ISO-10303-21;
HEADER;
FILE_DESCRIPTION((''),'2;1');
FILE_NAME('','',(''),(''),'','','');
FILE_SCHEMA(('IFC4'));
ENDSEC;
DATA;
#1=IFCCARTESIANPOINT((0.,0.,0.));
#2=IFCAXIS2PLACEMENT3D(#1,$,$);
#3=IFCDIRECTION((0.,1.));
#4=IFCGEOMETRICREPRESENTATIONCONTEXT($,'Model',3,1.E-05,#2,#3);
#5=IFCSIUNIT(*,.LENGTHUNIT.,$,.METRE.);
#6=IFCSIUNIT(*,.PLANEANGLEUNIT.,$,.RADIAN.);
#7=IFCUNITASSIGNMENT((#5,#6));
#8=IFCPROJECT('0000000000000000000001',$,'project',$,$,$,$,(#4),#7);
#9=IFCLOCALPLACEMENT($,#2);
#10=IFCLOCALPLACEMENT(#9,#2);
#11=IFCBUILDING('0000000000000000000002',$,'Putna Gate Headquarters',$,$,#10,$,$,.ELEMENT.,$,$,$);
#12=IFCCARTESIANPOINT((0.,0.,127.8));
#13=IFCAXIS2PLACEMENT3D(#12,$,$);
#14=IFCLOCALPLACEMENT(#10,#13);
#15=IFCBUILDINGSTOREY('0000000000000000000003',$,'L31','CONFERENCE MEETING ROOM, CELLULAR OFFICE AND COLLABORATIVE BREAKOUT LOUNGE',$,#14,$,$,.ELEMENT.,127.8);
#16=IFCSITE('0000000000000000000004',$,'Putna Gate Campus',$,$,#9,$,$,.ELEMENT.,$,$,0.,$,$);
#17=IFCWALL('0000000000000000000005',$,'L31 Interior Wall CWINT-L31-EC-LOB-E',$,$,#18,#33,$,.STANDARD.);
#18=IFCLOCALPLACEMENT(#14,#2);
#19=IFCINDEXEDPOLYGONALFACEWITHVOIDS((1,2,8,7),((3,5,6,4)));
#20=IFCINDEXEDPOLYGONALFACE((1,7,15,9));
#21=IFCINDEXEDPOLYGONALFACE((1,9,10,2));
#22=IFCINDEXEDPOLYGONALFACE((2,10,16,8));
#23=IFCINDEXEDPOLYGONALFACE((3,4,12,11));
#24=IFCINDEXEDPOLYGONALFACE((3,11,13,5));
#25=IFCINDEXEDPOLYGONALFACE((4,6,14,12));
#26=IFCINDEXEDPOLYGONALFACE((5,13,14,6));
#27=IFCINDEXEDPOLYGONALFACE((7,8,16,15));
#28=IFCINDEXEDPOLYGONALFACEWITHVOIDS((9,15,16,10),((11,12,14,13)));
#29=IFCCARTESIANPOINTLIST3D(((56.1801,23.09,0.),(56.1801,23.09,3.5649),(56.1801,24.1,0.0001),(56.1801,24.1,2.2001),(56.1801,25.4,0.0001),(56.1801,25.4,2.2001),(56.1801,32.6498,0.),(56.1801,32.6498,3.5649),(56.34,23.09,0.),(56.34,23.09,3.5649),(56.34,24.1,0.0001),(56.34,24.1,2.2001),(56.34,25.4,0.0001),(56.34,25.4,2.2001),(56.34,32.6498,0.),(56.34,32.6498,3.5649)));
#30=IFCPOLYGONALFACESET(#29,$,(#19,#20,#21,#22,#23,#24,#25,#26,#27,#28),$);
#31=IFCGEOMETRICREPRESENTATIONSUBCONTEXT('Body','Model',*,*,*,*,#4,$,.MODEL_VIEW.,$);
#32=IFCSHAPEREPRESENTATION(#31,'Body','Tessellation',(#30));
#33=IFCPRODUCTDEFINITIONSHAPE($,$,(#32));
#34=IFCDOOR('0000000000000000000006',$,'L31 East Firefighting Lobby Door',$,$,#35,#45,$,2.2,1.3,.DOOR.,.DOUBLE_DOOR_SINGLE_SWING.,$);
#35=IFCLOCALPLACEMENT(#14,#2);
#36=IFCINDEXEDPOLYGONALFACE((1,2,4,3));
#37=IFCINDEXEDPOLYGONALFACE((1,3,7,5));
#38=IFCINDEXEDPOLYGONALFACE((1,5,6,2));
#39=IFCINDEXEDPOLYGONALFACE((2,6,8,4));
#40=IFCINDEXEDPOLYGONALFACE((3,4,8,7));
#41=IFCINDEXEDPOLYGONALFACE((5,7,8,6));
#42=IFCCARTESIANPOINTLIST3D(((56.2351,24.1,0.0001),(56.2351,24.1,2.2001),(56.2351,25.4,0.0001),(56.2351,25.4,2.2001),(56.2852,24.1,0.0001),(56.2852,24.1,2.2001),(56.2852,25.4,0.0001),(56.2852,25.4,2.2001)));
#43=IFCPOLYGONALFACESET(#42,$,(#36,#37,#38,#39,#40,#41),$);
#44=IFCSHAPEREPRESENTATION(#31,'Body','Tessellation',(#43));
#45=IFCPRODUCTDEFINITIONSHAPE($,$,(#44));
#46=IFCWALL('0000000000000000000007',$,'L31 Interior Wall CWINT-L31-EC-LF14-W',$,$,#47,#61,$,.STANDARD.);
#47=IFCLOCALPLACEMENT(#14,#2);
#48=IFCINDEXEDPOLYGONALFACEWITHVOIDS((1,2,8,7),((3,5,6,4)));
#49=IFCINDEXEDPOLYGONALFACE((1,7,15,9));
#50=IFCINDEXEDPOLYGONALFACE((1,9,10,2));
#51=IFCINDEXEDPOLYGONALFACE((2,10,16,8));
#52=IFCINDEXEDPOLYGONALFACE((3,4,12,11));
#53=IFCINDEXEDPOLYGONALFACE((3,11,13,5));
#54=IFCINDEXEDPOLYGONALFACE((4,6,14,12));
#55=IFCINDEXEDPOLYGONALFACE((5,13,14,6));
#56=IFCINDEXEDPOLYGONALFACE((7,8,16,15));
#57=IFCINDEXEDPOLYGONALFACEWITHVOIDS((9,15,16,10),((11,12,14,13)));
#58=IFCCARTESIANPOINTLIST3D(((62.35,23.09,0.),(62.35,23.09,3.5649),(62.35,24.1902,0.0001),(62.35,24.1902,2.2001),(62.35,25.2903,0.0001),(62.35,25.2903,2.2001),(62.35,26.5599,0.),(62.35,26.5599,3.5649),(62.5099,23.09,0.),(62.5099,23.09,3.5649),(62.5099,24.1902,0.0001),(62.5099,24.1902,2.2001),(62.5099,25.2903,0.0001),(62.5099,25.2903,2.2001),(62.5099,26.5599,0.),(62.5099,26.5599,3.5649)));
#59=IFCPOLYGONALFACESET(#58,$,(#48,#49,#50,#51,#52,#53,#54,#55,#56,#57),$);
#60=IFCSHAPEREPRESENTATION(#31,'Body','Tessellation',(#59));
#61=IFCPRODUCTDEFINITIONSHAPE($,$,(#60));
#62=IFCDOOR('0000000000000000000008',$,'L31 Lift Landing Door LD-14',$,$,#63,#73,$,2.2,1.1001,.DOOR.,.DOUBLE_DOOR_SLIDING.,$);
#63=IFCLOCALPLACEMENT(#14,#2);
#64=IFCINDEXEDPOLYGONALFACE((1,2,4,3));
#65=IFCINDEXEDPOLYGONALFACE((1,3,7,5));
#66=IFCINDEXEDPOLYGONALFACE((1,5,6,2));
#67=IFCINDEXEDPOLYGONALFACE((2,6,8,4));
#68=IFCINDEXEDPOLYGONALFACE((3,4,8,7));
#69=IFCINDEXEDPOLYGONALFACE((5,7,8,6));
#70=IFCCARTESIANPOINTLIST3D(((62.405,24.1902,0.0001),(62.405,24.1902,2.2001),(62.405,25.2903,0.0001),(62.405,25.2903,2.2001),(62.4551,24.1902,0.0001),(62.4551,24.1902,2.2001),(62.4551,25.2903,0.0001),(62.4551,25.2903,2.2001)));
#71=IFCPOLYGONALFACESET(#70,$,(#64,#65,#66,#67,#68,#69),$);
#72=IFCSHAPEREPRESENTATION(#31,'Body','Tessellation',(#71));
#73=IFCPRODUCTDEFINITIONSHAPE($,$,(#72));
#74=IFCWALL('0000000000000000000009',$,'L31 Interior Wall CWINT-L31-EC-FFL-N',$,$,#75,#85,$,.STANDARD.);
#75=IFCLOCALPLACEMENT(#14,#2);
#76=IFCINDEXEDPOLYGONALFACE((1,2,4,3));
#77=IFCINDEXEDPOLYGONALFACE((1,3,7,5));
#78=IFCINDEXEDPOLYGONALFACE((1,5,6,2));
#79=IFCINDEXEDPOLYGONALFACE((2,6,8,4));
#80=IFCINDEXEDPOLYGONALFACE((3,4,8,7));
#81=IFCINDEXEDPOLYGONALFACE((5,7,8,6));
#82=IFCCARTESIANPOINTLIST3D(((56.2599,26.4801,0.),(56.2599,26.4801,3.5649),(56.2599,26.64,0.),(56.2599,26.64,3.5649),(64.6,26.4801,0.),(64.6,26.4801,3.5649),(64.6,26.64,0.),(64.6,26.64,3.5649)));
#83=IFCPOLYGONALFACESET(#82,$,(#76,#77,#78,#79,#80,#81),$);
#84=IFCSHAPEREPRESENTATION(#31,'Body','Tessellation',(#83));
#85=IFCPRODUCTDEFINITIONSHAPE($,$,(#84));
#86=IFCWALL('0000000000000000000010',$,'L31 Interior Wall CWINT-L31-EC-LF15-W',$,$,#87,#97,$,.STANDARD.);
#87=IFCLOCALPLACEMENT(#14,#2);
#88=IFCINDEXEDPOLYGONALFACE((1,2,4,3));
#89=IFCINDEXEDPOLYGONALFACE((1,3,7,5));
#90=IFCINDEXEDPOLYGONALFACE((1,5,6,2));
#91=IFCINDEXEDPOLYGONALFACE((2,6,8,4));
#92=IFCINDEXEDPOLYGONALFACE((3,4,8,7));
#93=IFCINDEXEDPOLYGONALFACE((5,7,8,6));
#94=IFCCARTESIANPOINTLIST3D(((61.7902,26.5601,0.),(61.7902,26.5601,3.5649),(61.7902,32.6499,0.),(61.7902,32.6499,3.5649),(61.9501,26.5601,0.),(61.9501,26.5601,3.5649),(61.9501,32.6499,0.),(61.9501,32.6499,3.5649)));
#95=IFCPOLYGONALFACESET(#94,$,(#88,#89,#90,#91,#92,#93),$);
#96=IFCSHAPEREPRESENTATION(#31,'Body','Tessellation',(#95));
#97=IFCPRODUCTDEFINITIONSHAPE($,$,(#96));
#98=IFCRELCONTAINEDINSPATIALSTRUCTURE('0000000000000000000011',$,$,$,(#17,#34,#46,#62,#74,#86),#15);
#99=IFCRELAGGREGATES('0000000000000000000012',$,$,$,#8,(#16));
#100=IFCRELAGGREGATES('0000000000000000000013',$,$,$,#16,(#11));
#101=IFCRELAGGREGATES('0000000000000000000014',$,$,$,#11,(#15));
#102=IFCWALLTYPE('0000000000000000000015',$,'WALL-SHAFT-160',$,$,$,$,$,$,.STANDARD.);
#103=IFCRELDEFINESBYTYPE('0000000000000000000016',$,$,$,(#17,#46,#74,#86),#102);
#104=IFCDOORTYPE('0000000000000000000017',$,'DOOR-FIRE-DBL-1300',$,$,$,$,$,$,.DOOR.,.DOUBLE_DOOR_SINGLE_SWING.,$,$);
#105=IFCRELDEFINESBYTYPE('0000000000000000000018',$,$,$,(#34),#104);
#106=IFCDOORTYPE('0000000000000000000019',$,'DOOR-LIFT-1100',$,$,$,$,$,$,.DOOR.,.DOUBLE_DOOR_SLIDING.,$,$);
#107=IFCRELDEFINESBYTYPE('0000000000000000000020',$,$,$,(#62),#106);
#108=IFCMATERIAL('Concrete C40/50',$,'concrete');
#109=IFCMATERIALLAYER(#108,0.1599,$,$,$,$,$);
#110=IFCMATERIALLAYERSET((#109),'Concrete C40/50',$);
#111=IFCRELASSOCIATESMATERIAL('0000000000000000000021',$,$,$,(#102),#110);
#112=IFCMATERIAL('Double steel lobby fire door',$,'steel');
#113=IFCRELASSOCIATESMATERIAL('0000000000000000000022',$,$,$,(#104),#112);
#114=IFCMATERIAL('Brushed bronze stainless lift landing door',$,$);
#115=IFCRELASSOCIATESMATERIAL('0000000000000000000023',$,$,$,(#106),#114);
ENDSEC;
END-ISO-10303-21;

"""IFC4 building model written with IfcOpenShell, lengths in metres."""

from ifc_helpers import new_model, si_unit, direction, frame, frame_2d, origin, place, context, subcontext, project, spatial, rectangle, extrude, material, layer, layer_set, type_object, element, fill, save


model = new_model("IFC4")

# Units and contexts
model_context = context("Model", 3, precision=1e-05, world=origin(), true_north=direction((0.0, 1.0)))
body_context = subcontext(model_context, "Body", "Model", "MODEL_VIEW")
ifc_project = project(units=[si_unit("LENGTHUNIT", "METRE"), si_unit("PLANEANGLEUNIT", "RADIAN")], contexts=[model_context])

# Site, building, storey
site_placement = place(None, origin())
site = spatial("IfcSite", under=ifc_project, at=site_placement, Name="Putna Gate Campus", CompositionType="ELEMENT", RefElevation=0.0)
building_placement = place(site_placement, origin())
building = spatial("IfcBuilding", under=site, at=building_placement, Name="Putna Gate Headquarters", CompositionType="ELEMENT")
storey_placement = place(building_placement, frame((0.0, 0.0, 127.8)))
storey = spatial("IfcBuildingStorey", under=building, at=storey_placement, Name="L31", Description="CONFERENCE MEETING ROOM, CELLULAR OFFICE AND COLLABORATIVE BREAKOUT LOUNGE", CompositionType="ELEMENT", Elevation=127.8)

# Walls, openings, doors
ifc_material_1 = material(Name="Concrete C40/50", Category="concrete")
ifc_layer_1 = layer(ifc_material_1, 0.1599)
ifc_layer_set_1 = layer_set([ifc_layer_1], Name="Concrete C40/50")
wall_type_1 = type_object("IfcWallType", Name="WALL-SHAFT-160", PredefinedType="STANDARD", material=ifc_layer_set_1)
wall_1_placement = place(storey_placement, frame((56.26, 23.0901, 0.0), z_axis=(0.0, 0.0, 1.0), x_axis=(0.0, 1.0, 0.0)))
wall_1 = element("IfcWall", 1, at=wall_1_placement, inside=storey, type_object=wall_type_1, Name="L31 Interior Wall CWINT-L31-EC-LOB-E", PredefinedType="STANDARD", context=body_context, shape_type="SweptSolid", body=[
    extrude(rectangle(XDim=9.5598, YDim=0.1599, at=frame_2d((4.7798, 0.0))), origin(), (0.0, 0.0, 1.0), 3.5649),
])
opening_1_placement = place(wall_1_placement, frame((1.01, 0.0, 0.0)))
opening_1 = element("IfcOpeningElement", 2, at=opening_1_placement, cuts=wall_1, PredefinedType="OPENING", context=body_context, shape_type="SweptSolid", body=[
    extrude(rectangle(XDim=1.3, YDim=2.2, at=frame_2d((0.6499, 1.1001))), frame((0.0, 0.0898, 0.0), z_axis=(0.0, -1.0, 0.0), x_axis=(1.0, 0.0, 0.0)), (0.0, 0.0, 1.0), 0.1799),
])
ifc_material_2 = material(Name="Double steel lobby fire door", Category="steel")
door_type_1 = type_object("IfcDoorType", Name="DOOR-FIRE-DBL-1300", OperationType="DOUBLE_DOOR_SINGLE_SWING", PredefinedType="DOOR", material=ifc_material_2)
door_1_placement = place(opening_1_placement, origin())
door_1 = element("IfcDoor", 3, at=door_1_placement, inside=storey, type_object=door_type_1, Name="L31 East Firefighting Lobby Door", OperationType="DOUBLE_DOOR_SINGLE_SWING", OverallHeight=2.2, OverallWidth=1.3, PredefinedType="DOOR", context=body_context, shape_type="SweptSolid", body=[
    extrude(rectangle(XDim=1.3, YDim=2.2, at=frame_2d((0.6499, 1.1001))), frame((0.0, 0.0249, 0.0), z_axis=(0.0, -1.0, 0.0), x_axis=(1.0, 0.0, 0.0)), (0.0, 0.0, 1.0), 0.05),
])
fill(opening_1, door_1)
wall_2_placement = place(storey_placement, frame((62.4299, 23.0901, 0.0), z_axis=(0.0, 0.0, 1.0), x_axis=(0.0, 1.0, 0.0)))
wall_2 = element("IfcWall", 4, at=wall_2_placement, inside=storey, type_object=wall_type_1, Name="L31 Interior Wall CWINT-L31-EC-LF14-W", PredefinedType="STANDARD", context=body_context, shape_type="SweptSolid", body=[
    extrude(rectangle(XDim=3.47, YDim=0.1599, at=frame_2d((1.7349, 0.0))), origin(), (0.0, 0.0, 1.0), 3.5649),
])
opening_2_placement = place(wall_2_placement, frame((1.1001, 0.0, 0.0)))
opening_2 = element("IfcOpeningElement", 5, at=opening_2_placement, cuts=wall_2, PredefinedType="OPENING", context=body_context, shape_type="SweptSolid", body=[
    extrude(rectangle(XDim=1.1001, YDim=2.2, at=frame_2d((0.55, 1.1001))), frame((0.0, 0.0898, 0.0), z_axis=(0.0, -1.0, 0.0), x_axis=(1.0, 0.0, 0.0)), (0.0, 0.0, 1.0), 0.1799),
])
ifc_material_3 = material(Name="Brushed bronze stainless lift landing door")
door_type_2 = type_object("IfcDoorType", Name="DOOR-LIFT-1100", OperationType="DOUBLE_DOOR_SLIDING", PredefinedType="DOOR", material=ifc_material_3)
door_2_placement = place(opening_2_placement, origin())
door_2 = element("IfcDoor", 6, at=door_2_placement, inside=storey, type_object=door_type_2, Name="L31 Lift Landing Door LD-14", OperationType="DOUBLE_DOOR_SLIDING", OverallHeight=2.2, OverallWidth=1.1001, PredefinedType="DOOR", context=body_context, shape_type="SweptSolid", body=[
    extrude(rectangle(XDim=1.1001, YDim=2.2, at=frame_2d((0.55, 1.1001))), frame((0.0, 0.0249, 0.0), z_axis=(0.0, -1.0, 0.0), x_axis=(1.0, 0.0, 0.0)), (0.0, 0.0, 1.0), 0.05),
])
fill(opening_2, door_2)

# Walls
wall_3_placement = place(storey_placement, frame((56.26, 26.5601, 0.0), z_axis=(0.0, 0.0, 1.0), x_axis=(1.0, 0.0, 0.0)))
element("IfcWall", 7, at=wall_3_placement, inside=storey, type_object=wall_type_1, Name="L31 Interior Wall CWINT-L31-EC-FFL-N", PredefinedType="STANDARD", context=body_context, shape_type="SweptSolid", body=[
    extrude(rectangle(XDim=8.3401, YDim=0.1599, at=frame_2d((4.1699, 0.0))), origin(), (0.0, 0.0, 1.0), 3.5649),
])
wall_4_placement = place(storey_placement, frame((61.8701, 26.5601, 0.0), z_axis=(0.0, 0.0, 1.0), x_axis=(0.0, 1.0, 0.0)))
element("IfcWall", 8, at=wall_4_placement, inside=storey, type_object=wall_type_1, Name="L31 Interior Wall CWINT-L31-EC-LF15-W", PredefinedType="STANDARD", context=body_context, shape_type="SweptSolid", body=[
    extrude(rectangle(XDim=6.0898, YDim=0.1599, at=frame_2d((3.0449, 0.0))), origin(), (0.0, 0.0, 1.0), 3.5649),
])

save(model, "model.ifc")
